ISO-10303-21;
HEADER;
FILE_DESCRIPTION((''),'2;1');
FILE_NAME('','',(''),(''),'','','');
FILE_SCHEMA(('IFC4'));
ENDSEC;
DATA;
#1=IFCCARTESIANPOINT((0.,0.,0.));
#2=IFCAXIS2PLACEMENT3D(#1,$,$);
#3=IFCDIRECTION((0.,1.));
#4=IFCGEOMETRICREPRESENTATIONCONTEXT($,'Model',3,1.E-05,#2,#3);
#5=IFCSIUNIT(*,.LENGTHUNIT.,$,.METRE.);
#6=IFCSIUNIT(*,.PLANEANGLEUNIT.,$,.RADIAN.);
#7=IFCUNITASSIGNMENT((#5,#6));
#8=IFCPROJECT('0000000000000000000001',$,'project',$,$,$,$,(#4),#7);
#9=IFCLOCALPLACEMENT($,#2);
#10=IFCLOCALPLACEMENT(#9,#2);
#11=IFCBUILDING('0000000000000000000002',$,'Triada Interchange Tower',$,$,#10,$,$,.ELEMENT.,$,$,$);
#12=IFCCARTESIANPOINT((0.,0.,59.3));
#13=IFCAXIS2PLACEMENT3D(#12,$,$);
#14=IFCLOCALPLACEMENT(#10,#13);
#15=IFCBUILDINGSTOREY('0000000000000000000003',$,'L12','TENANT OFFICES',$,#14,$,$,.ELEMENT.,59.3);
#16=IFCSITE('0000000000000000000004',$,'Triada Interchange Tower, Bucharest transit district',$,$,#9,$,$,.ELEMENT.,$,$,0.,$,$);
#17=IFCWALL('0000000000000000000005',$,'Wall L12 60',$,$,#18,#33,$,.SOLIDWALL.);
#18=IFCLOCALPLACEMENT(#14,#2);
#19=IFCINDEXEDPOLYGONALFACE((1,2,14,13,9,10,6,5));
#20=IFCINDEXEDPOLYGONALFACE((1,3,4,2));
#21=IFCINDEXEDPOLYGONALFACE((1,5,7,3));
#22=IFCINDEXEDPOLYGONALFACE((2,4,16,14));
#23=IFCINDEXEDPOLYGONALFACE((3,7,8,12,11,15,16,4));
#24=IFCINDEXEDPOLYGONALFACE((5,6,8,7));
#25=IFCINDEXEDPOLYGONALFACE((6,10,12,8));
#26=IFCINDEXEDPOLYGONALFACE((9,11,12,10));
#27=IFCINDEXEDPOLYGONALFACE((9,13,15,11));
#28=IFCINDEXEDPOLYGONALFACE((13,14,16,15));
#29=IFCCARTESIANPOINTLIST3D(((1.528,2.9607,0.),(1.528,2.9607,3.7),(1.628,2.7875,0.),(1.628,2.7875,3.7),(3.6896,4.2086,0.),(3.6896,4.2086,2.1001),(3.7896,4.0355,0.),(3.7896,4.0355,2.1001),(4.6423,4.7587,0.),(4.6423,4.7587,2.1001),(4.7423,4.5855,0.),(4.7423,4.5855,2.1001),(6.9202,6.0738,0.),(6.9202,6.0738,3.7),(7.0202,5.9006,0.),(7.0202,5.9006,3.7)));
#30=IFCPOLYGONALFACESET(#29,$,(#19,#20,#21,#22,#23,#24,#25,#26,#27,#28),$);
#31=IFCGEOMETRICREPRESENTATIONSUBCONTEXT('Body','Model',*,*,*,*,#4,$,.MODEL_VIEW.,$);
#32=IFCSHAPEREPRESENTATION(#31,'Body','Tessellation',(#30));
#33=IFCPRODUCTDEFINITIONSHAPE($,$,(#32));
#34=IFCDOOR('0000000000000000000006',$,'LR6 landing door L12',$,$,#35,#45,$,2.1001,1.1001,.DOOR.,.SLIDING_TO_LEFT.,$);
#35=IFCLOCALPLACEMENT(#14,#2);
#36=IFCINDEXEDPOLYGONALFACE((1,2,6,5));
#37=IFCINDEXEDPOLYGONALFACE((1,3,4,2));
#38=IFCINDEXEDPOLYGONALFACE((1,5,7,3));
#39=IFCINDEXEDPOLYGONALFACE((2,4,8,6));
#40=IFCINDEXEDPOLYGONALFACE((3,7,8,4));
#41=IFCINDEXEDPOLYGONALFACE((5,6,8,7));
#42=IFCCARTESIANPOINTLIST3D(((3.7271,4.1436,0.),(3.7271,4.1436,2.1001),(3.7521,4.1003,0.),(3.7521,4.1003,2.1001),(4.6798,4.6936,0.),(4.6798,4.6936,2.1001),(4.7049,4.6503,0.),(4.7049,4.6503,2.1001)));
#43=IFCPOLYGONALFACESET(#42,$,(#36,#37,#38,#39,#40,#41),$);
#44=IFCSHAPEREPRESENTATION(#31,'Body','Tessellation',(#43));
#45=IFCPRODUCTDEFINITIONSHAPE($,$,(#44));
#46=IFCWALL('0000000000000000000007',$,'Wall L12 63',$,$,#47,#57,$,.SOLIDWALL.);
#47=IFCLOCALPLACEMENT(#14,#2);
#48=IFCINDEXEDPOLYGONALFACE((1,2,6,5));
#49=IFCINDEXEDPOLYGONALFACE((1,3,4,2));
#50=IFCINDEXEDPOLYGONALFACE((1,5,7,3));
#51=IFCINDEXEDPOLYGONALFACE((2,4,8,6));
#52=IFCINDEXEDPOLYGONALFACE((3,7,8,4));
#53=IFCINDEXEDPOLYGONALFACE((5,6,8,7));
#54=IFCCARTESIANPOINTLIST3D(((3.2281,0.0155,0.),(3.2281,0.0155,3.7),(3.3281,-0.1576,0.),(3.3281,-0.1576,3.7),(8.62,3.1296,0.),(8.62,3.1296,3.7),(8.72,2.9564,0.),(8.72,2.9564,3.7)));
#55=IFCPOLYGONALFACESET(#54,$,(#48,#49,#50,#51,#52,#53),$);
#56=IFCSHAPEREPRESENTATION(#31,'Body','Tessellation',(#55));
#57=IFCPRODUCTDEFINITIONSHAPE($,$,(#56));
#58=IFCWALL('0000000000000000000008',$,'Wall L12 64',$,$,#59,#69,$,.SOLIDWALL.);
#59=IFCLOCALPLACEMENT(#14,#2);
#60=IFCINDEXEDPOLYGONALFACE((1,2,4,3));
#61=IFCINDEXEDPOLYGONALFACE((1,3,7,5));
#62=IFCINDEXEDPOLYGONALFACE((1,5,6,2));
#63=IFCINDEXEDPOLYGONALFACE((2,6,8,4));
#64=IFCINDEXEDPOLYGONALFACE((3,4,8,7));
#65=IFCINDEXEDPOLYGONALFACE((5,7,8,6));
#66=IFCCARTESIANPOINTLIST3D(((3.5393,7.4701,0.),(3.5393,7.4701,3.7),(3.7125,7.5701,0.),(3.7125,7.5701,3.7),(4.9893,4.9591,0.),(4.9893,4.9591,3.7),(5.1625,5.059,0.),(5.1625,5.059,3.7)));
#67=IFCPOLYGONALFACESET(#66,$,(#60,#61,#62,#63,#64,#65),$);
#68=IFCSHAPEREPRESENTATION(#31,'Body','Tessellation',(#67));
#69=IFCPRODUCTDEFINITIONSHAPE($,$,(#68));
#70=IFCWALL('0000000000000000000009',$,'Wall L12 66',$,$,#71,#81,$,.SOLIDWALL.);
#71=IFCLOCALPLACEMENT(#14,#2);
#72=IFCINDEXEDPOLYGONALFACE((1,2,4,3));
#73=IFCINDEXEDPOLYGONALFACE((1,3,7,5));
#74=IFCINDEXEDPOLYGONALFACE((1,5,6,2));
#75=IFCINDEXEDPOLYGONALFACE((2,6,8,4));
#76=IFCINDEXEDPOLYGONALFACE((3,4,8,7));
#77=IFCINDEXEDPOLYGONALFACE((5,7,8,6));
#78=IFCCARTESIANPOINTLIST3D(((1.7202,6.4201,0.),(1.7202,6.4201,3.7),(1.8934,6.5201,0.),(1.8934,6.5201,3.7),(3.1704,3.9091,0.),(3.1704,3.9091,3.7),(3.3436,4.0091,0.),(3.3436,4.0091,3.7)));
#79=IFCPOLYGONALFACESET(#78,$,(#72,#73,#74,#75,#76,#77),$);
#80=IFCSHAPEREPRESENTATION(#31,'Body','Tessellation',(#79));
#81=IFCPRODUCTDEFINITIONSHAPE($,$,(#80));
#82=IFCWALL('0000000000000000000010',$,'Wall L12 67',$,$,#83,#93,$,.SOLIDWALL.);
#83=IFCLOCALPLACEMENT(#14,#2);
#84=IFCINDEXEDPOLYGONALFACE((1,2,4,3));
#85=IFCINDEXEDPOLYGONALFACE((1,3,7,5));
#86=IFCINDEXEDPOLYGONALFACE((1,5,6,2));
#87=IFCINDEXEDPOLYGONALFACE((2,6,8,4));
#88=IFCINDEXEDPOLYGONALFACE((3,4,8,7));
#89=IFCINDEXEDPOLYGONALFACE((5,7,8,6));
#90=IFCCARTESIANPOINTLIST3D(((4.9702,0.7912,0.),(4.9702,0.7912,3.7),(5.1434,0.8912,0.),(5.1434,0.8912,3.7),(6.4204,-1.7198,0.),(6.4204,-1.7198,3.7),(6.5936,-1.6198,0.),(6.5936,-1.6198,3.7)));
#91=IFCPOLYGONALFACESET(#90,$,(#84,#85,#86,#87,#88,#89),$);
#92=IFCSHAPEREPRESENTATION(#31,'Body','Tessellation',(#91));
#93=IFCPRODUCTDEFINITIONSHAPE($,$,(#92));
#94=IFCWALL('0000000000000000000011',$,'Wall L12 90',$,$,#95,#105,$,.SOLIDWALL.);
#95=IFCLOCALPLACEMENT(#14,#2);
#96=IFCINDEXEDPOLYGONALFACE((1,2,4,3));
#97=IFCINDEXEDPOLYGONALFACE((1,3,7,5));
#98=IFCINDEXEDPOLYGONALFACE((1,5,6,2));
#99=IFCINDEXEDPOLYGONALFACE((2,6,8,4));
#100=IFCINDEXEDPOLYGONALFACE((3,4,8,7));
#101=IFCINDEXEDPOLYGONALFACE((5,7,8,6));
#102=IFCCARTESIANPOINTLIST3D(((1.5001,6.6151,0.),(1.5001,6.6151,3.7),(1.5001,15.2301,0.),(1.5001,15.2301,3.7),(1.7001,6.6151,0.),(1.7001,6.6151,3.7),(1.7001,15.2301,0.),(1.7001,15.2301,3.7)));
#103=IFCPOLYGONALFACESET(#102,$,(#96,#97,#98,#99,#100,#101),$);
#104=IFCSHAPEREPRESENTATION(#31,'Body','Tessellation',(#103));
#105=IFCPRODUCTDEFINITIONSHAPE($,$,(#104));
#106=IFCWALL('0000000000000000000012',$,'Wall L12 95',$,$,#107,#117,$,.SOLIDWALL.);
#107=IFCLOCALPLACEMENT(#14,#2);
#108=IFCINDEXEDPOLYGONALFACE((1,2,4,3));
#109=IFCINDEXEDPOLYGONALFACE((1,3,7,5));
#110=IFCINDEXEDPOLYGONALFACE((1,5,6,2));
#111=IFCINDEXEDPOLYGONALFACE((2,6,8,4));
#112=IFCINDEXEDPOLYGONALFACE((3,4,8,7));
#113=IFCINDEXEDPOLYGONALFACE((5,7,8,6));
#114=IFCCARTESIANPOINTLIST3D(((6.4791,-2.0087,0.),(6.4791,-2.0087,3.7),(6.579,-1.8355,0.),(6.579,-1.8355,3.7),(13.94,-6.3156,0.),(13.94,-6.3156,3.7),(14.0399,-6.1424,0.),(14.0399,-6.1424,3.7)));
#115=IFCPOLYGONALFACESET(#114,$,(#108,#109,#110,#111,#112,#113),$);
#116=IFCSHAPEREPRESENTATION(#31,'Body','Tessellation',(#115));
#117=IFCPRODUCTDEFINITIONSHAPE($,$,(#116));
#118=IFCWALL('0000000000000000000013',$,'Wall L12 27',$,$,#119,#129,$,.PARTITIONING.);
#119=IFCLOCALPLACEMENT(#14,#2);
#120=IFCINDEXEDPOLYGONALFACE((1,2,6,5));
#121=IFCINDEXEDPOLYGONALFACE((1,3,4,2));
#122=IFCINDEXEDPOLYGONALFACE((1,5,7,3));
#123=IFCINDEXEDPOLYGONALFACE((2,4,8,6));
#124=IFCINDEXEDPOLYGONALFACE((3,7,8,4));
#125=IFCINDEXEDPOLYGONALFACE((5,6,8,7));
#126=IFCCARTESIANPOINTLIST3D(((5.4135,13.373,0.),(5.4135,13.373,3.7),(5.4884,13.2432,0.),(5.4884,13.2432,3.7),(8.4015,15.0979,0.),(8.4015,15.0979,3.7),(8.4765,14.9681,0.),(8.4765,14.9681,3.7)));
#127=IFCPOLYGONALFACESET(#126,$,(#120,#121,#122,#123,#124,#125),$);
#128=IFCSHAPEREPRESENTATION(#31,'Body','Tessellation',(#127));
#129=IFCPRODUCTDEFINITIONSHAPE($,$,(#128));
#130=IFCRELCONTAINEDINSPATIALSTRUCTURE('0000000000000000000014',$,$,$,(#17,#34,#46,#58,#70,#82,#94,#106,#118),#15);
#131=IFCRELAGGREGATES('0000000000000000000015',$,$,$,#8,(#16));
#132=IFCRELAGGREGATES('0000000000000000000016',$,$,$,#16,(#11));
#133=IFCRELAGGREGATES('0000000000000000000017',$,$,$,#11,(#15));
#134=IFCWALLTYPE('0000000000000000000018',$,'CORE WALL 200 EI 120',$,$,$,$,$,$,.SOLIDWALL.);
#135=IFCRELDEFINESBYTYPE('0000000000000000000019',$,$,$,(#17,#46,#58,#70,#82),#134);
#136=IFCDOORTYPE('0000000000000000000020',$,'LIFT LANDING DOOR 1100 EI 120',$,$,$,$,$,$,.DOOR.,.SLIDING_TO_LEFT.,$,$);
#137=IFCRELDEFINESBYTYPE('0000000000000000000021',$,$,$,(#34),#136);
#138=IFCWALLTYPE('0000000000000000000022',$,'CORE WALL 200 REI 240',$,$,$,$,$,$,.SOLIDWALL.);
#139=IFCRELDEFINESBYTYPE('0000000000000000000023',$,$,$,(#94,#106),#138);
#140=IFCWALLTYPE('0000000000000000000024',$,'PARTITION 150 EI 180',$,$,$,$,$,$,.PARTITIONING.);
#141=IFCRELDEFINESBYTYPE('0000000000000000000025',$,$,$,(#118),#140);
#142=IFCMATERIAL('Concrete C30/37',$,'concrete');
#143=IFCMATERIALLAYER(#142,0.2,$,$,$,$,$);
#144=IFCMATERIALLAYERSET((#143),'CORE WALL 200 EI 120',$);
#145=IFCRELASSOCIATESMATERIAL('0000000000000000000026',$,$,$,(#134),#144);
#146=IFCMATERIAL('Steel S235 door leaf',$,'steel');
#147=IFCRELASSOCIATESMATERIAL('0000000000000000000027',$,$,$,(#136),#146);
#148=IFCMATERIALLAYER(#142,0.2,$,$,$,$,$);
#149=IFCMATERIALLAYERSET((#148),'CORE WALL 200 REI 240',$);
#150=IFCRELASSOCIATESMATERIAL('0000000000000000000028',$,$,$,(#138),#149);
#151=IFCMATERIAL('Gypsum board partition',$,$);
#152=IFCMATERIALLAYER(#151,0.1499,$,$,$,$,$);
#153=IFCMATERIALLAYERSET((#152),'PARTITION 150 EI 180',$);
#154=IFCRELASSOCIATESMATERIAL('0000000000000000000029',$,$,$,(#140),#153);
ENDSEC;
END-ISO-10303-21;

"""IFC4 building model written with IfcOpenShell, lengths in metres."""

from ifc_helpers import new_model, si_unit, direction, frame, frame_2d, origin, place, context, subcontext, project, spatial, rectangle, extrude, material, layer, layer_set, type_object, element, fill, save


model = new_model("IFC4")

# Units and contexts
model_context = context("Model", 3, precision=1e-05, world=origin(), true_north=direction((0.0, 1.0)))
body_context = subcontext(model_context, "Body", "Model", "MODEL_VIEW")
ifc_project = project(units=[si_unit("LENGTHUNIT", "METRE"), si_unit("PLANEANGLEUNIT", "RADIAN")], contexts=[model_context])

# Site, building, storey
site_placement = place(None, origin())
site = spatial("IfcSite", under=ifc_project, at=site_placement, Name="Triada Interchange Tower, Bucharest transit district", CompositionType="ELEMENT", RefElevation=0.0)
building_placement = place(site_placement, origin())
building = spatial("IfcBuilding", under=site, at=building_placement, Name="Triada Interchange Tower", CompositionType="ELEMENT")
storey_placement = place(building_placement, frame((0.0, 0.0, 59.3)))
storey = spatial("IfcBuildingStorey", under=building, at=storey_placement, Name="L12", Description="TENANT OFFICES", CompositionType="ELEMENT", Elevation=59.3)

# Shared definitions
ifc_material_1 = material(Name="Concrete C30/37", Category="concrete")
ifc_layer_1 = layer(ifc_material_1, 0.2)
ifc_layer_set_1 = layer_set([ifc_layer_1], Name="CORE WALL 200 EI 120")
wall_type_1 = type_object("IfcWallType", Name="CORE WALL 200 EI 120", PredefinedType="SOLIDWALL", material=ifc_layer_set_1)
ifc_material_2 = material(Name="Steel S235 door leaf", Category="steel")
door_type = type_object("IfcDoorType", Name="LIFT LANDING DOOR 1100 EI 120", OperationType="SLIDING_TO_LEFT", PredefinedType="DOOR", material=ifc_material_2)

# Wall, opening, door
wall_1_placement = place(storey_placement, frame((1.5779, 2.874, 0.0), z_axis=(0.0, 0.0, 1.0), x_axis=(0.866031, 0.499989, 0.0)))
wall_1 = element("IfcWall", 1, at=wall_1_placement, inside=storey, type_object=wall_type_1, Name="Wall L12 60", PredefinedType="SOLIDWALL", context=body_context, shape_type="SweptSolid", body=[
    extrude(rectangle(XDim=6.2263, YDim=0.2, at=frame_2d((3.1133, 0.0))), origin(), (0.0, 0.0, 1.0), 3.7),
])
opening_1_placement = place(wall_1_placement, frame((2.4961, 0.0, 0.0)))
opening_1 = element("IfcOpeningElement", 2, at=opening_1_placement, cuts=wall_1, PredefinedType="OPENING", context=body_context, shape_type="SweptSolid", body=[
    extrude(rectangle(XDim=1.1001, YDim=2.1001, at=frame_2d((0.55, 1.05))), frame((0.0, 0.1099, 0.0), z_axis=(0.0, -1.0, 0.0), x_axis=(1.0, 0.0, 0.0)), (0.0, 0.0, 1.0), 0.22),
])
door_1_placement = place(opening_1_placement, origin())
door_1 = element("IfcDoor", 3, at=door_1_placement, inside=storey, type_object=door_type, Name="LR6 landing door L12", OperationType="SLIDING_TO_LEFT", OverallHeight=2.1001, OverallWidth=1.1001, PredefinedType="DOOR", context=body_context, shape_type="SweptSolid", body=[
    extrude(rectangle(XDim=1.1001, YDim=2.1001, at=frame_2d((0.55, 1.05))), frame((0.0, 0.0249, 0.0), z_axis=(0.0, -1.0, 0.0), x_axis=(1.0, 0.0, 0.0)), (0.0, 0.0, 1.0), 0.05),
])
fill(opening_1, door_1)

# Walls
wall_2_placement = place(storey_placement, frame((3.2781, -0.071, 0.0), z_axis=(0.0, 0.0, 1.0), x_axis=(0.865954, 0.500124, 0.0)))
element("IfcWall", 4, at=wall_2_placement, inside=storey, type_object=wall_type_1, Name="Wall L12 63", PredefinedType="SOLIDWALL", context=body_context, shape_type="SweptSolid", body=[
    extrude(rectangle(XDim=6.2266, YDim=0.2, at=frame_2d((3.1133, 0.0))), origin(), (0.0, 0.0, 1.0), 3.7),
])
for number, where, z_axis, x_axis, name in (
    (5, (3.626, 7.52, 0.0), (0.0, 0.0, 1.0), (0.50006, -0.865991, 0.0), "Wall L12 64"),
    (6, (1.8069, 6.47, 0.0), (0.0, 0.0, 1.0), (0.500123, -0.865954, 0.0), "Wall L12 66"),
    (7, (5.0569, 0.8411, 0.0), (0.0, 0.0, 1.0), (0.500123, -0.865954, 0.0), "Wall L12 67"),
):
    element("IfcWall", number, at=place(storey_placement, frame(where, z_axis=z_axis, x_axis=x_axis)), inside=storey, type_object=wall_type_1, Name=name, PredefinedType="SOLIDWALL", context=body_context, shape_type="SweptSolid", body=[
        extrude(rectangle(XDim=2.8997, YDim=0.2, at=frame_2d((1.4497, 0.0))), origin(), (0.0, 0.0, 1.0), 3.7),
    ])
ifc_layer_2 = layer(ifc_material_1, 0.2)
ifc_layer_set_2 = layer_set([ifc_layer_2], Name="CORE WALL 200 REI 240")
wall_type_2 = type_object("IfcWallType", Name="CORE WALL 200 REI 240", PredefinedType="SOLIDWALL", material=ifc_layer_set_2)
wall_3_placement = place(storey_placement, frame((1.6001, 6.615, 0.0), z_axis=(0.0, 0.0, 1.0), x_axis=(0.0, 1.0, 0.0)))
element("IfcWall", 8, at=wall_3_placement, inside=storey, type_object=wall_type_2, Name="Wall L12 90", PredefinedType="SOLIDWALL", context=body_context, shape_type="SweptSolid", body=[
    extrude(rectangle(XDim=8.615, YDim=0.2, at=frame_2d((4.3076, 0.0))), origin(), (0.0, 0.0, 1.0), 3.7),
])
wall_4_placement = place(storey_placement, frame((6.5291, -1.9221, 0.0), z_axis=(0.0, 0.0, 1.0), x_axis=(0.86606, -0.49994, 0.0)))
element("IfcWall", 9, at=wall_4_placement, inside=storey, type_object=wall_type_2, Name="Wall L12 95", PredefinedType="SOLIDWALL", context=body_context, shape_type="SweptSolid", body=[
    extrude(rectangle(XDim=8.6147, YDim=0.2, at=frame_2d((4.3074, 0.0))), origin(), (0.0, 0.0, 1.0), 3.7),
])
ifc_material_3 = material(Name="Gypsum board partition")
ifc_layer_3 = layer(ifc_material_3, 0.1499)
ifc_layer_set_3 = layer_set([ifc_layer_3], Name="PARTITION 150 EI 180")
wall_type_3 = type_object("IfcWallType", Name="PARTITION 150 EI 180", PredefinedType="PARTITIONING", material=ifc_layer_set_3)
wall_5_placement = place(storey_placement, frame((5.4509, 13.3081, 0.0), z_axis=(0.0, 0.0, 1.0), x_axis=(0.866062, 0.499937, 0.0)))
element("IfcWall", 10, at=wall_5_placement, inside=storey, type_object=wall_type_3, Name="Wall L12 27", PredefinedType="PARTITIONING", context=body_context, shape_type="SweptSolid", body=[
    extrude(rectangle(XDim=3.4502, YDim=0.1499, at=frame_2d((1.7251, 0.0))), origin(), (0.0, 0.0, 1.0), 3.7),
])

save(model, "model.ifc")
